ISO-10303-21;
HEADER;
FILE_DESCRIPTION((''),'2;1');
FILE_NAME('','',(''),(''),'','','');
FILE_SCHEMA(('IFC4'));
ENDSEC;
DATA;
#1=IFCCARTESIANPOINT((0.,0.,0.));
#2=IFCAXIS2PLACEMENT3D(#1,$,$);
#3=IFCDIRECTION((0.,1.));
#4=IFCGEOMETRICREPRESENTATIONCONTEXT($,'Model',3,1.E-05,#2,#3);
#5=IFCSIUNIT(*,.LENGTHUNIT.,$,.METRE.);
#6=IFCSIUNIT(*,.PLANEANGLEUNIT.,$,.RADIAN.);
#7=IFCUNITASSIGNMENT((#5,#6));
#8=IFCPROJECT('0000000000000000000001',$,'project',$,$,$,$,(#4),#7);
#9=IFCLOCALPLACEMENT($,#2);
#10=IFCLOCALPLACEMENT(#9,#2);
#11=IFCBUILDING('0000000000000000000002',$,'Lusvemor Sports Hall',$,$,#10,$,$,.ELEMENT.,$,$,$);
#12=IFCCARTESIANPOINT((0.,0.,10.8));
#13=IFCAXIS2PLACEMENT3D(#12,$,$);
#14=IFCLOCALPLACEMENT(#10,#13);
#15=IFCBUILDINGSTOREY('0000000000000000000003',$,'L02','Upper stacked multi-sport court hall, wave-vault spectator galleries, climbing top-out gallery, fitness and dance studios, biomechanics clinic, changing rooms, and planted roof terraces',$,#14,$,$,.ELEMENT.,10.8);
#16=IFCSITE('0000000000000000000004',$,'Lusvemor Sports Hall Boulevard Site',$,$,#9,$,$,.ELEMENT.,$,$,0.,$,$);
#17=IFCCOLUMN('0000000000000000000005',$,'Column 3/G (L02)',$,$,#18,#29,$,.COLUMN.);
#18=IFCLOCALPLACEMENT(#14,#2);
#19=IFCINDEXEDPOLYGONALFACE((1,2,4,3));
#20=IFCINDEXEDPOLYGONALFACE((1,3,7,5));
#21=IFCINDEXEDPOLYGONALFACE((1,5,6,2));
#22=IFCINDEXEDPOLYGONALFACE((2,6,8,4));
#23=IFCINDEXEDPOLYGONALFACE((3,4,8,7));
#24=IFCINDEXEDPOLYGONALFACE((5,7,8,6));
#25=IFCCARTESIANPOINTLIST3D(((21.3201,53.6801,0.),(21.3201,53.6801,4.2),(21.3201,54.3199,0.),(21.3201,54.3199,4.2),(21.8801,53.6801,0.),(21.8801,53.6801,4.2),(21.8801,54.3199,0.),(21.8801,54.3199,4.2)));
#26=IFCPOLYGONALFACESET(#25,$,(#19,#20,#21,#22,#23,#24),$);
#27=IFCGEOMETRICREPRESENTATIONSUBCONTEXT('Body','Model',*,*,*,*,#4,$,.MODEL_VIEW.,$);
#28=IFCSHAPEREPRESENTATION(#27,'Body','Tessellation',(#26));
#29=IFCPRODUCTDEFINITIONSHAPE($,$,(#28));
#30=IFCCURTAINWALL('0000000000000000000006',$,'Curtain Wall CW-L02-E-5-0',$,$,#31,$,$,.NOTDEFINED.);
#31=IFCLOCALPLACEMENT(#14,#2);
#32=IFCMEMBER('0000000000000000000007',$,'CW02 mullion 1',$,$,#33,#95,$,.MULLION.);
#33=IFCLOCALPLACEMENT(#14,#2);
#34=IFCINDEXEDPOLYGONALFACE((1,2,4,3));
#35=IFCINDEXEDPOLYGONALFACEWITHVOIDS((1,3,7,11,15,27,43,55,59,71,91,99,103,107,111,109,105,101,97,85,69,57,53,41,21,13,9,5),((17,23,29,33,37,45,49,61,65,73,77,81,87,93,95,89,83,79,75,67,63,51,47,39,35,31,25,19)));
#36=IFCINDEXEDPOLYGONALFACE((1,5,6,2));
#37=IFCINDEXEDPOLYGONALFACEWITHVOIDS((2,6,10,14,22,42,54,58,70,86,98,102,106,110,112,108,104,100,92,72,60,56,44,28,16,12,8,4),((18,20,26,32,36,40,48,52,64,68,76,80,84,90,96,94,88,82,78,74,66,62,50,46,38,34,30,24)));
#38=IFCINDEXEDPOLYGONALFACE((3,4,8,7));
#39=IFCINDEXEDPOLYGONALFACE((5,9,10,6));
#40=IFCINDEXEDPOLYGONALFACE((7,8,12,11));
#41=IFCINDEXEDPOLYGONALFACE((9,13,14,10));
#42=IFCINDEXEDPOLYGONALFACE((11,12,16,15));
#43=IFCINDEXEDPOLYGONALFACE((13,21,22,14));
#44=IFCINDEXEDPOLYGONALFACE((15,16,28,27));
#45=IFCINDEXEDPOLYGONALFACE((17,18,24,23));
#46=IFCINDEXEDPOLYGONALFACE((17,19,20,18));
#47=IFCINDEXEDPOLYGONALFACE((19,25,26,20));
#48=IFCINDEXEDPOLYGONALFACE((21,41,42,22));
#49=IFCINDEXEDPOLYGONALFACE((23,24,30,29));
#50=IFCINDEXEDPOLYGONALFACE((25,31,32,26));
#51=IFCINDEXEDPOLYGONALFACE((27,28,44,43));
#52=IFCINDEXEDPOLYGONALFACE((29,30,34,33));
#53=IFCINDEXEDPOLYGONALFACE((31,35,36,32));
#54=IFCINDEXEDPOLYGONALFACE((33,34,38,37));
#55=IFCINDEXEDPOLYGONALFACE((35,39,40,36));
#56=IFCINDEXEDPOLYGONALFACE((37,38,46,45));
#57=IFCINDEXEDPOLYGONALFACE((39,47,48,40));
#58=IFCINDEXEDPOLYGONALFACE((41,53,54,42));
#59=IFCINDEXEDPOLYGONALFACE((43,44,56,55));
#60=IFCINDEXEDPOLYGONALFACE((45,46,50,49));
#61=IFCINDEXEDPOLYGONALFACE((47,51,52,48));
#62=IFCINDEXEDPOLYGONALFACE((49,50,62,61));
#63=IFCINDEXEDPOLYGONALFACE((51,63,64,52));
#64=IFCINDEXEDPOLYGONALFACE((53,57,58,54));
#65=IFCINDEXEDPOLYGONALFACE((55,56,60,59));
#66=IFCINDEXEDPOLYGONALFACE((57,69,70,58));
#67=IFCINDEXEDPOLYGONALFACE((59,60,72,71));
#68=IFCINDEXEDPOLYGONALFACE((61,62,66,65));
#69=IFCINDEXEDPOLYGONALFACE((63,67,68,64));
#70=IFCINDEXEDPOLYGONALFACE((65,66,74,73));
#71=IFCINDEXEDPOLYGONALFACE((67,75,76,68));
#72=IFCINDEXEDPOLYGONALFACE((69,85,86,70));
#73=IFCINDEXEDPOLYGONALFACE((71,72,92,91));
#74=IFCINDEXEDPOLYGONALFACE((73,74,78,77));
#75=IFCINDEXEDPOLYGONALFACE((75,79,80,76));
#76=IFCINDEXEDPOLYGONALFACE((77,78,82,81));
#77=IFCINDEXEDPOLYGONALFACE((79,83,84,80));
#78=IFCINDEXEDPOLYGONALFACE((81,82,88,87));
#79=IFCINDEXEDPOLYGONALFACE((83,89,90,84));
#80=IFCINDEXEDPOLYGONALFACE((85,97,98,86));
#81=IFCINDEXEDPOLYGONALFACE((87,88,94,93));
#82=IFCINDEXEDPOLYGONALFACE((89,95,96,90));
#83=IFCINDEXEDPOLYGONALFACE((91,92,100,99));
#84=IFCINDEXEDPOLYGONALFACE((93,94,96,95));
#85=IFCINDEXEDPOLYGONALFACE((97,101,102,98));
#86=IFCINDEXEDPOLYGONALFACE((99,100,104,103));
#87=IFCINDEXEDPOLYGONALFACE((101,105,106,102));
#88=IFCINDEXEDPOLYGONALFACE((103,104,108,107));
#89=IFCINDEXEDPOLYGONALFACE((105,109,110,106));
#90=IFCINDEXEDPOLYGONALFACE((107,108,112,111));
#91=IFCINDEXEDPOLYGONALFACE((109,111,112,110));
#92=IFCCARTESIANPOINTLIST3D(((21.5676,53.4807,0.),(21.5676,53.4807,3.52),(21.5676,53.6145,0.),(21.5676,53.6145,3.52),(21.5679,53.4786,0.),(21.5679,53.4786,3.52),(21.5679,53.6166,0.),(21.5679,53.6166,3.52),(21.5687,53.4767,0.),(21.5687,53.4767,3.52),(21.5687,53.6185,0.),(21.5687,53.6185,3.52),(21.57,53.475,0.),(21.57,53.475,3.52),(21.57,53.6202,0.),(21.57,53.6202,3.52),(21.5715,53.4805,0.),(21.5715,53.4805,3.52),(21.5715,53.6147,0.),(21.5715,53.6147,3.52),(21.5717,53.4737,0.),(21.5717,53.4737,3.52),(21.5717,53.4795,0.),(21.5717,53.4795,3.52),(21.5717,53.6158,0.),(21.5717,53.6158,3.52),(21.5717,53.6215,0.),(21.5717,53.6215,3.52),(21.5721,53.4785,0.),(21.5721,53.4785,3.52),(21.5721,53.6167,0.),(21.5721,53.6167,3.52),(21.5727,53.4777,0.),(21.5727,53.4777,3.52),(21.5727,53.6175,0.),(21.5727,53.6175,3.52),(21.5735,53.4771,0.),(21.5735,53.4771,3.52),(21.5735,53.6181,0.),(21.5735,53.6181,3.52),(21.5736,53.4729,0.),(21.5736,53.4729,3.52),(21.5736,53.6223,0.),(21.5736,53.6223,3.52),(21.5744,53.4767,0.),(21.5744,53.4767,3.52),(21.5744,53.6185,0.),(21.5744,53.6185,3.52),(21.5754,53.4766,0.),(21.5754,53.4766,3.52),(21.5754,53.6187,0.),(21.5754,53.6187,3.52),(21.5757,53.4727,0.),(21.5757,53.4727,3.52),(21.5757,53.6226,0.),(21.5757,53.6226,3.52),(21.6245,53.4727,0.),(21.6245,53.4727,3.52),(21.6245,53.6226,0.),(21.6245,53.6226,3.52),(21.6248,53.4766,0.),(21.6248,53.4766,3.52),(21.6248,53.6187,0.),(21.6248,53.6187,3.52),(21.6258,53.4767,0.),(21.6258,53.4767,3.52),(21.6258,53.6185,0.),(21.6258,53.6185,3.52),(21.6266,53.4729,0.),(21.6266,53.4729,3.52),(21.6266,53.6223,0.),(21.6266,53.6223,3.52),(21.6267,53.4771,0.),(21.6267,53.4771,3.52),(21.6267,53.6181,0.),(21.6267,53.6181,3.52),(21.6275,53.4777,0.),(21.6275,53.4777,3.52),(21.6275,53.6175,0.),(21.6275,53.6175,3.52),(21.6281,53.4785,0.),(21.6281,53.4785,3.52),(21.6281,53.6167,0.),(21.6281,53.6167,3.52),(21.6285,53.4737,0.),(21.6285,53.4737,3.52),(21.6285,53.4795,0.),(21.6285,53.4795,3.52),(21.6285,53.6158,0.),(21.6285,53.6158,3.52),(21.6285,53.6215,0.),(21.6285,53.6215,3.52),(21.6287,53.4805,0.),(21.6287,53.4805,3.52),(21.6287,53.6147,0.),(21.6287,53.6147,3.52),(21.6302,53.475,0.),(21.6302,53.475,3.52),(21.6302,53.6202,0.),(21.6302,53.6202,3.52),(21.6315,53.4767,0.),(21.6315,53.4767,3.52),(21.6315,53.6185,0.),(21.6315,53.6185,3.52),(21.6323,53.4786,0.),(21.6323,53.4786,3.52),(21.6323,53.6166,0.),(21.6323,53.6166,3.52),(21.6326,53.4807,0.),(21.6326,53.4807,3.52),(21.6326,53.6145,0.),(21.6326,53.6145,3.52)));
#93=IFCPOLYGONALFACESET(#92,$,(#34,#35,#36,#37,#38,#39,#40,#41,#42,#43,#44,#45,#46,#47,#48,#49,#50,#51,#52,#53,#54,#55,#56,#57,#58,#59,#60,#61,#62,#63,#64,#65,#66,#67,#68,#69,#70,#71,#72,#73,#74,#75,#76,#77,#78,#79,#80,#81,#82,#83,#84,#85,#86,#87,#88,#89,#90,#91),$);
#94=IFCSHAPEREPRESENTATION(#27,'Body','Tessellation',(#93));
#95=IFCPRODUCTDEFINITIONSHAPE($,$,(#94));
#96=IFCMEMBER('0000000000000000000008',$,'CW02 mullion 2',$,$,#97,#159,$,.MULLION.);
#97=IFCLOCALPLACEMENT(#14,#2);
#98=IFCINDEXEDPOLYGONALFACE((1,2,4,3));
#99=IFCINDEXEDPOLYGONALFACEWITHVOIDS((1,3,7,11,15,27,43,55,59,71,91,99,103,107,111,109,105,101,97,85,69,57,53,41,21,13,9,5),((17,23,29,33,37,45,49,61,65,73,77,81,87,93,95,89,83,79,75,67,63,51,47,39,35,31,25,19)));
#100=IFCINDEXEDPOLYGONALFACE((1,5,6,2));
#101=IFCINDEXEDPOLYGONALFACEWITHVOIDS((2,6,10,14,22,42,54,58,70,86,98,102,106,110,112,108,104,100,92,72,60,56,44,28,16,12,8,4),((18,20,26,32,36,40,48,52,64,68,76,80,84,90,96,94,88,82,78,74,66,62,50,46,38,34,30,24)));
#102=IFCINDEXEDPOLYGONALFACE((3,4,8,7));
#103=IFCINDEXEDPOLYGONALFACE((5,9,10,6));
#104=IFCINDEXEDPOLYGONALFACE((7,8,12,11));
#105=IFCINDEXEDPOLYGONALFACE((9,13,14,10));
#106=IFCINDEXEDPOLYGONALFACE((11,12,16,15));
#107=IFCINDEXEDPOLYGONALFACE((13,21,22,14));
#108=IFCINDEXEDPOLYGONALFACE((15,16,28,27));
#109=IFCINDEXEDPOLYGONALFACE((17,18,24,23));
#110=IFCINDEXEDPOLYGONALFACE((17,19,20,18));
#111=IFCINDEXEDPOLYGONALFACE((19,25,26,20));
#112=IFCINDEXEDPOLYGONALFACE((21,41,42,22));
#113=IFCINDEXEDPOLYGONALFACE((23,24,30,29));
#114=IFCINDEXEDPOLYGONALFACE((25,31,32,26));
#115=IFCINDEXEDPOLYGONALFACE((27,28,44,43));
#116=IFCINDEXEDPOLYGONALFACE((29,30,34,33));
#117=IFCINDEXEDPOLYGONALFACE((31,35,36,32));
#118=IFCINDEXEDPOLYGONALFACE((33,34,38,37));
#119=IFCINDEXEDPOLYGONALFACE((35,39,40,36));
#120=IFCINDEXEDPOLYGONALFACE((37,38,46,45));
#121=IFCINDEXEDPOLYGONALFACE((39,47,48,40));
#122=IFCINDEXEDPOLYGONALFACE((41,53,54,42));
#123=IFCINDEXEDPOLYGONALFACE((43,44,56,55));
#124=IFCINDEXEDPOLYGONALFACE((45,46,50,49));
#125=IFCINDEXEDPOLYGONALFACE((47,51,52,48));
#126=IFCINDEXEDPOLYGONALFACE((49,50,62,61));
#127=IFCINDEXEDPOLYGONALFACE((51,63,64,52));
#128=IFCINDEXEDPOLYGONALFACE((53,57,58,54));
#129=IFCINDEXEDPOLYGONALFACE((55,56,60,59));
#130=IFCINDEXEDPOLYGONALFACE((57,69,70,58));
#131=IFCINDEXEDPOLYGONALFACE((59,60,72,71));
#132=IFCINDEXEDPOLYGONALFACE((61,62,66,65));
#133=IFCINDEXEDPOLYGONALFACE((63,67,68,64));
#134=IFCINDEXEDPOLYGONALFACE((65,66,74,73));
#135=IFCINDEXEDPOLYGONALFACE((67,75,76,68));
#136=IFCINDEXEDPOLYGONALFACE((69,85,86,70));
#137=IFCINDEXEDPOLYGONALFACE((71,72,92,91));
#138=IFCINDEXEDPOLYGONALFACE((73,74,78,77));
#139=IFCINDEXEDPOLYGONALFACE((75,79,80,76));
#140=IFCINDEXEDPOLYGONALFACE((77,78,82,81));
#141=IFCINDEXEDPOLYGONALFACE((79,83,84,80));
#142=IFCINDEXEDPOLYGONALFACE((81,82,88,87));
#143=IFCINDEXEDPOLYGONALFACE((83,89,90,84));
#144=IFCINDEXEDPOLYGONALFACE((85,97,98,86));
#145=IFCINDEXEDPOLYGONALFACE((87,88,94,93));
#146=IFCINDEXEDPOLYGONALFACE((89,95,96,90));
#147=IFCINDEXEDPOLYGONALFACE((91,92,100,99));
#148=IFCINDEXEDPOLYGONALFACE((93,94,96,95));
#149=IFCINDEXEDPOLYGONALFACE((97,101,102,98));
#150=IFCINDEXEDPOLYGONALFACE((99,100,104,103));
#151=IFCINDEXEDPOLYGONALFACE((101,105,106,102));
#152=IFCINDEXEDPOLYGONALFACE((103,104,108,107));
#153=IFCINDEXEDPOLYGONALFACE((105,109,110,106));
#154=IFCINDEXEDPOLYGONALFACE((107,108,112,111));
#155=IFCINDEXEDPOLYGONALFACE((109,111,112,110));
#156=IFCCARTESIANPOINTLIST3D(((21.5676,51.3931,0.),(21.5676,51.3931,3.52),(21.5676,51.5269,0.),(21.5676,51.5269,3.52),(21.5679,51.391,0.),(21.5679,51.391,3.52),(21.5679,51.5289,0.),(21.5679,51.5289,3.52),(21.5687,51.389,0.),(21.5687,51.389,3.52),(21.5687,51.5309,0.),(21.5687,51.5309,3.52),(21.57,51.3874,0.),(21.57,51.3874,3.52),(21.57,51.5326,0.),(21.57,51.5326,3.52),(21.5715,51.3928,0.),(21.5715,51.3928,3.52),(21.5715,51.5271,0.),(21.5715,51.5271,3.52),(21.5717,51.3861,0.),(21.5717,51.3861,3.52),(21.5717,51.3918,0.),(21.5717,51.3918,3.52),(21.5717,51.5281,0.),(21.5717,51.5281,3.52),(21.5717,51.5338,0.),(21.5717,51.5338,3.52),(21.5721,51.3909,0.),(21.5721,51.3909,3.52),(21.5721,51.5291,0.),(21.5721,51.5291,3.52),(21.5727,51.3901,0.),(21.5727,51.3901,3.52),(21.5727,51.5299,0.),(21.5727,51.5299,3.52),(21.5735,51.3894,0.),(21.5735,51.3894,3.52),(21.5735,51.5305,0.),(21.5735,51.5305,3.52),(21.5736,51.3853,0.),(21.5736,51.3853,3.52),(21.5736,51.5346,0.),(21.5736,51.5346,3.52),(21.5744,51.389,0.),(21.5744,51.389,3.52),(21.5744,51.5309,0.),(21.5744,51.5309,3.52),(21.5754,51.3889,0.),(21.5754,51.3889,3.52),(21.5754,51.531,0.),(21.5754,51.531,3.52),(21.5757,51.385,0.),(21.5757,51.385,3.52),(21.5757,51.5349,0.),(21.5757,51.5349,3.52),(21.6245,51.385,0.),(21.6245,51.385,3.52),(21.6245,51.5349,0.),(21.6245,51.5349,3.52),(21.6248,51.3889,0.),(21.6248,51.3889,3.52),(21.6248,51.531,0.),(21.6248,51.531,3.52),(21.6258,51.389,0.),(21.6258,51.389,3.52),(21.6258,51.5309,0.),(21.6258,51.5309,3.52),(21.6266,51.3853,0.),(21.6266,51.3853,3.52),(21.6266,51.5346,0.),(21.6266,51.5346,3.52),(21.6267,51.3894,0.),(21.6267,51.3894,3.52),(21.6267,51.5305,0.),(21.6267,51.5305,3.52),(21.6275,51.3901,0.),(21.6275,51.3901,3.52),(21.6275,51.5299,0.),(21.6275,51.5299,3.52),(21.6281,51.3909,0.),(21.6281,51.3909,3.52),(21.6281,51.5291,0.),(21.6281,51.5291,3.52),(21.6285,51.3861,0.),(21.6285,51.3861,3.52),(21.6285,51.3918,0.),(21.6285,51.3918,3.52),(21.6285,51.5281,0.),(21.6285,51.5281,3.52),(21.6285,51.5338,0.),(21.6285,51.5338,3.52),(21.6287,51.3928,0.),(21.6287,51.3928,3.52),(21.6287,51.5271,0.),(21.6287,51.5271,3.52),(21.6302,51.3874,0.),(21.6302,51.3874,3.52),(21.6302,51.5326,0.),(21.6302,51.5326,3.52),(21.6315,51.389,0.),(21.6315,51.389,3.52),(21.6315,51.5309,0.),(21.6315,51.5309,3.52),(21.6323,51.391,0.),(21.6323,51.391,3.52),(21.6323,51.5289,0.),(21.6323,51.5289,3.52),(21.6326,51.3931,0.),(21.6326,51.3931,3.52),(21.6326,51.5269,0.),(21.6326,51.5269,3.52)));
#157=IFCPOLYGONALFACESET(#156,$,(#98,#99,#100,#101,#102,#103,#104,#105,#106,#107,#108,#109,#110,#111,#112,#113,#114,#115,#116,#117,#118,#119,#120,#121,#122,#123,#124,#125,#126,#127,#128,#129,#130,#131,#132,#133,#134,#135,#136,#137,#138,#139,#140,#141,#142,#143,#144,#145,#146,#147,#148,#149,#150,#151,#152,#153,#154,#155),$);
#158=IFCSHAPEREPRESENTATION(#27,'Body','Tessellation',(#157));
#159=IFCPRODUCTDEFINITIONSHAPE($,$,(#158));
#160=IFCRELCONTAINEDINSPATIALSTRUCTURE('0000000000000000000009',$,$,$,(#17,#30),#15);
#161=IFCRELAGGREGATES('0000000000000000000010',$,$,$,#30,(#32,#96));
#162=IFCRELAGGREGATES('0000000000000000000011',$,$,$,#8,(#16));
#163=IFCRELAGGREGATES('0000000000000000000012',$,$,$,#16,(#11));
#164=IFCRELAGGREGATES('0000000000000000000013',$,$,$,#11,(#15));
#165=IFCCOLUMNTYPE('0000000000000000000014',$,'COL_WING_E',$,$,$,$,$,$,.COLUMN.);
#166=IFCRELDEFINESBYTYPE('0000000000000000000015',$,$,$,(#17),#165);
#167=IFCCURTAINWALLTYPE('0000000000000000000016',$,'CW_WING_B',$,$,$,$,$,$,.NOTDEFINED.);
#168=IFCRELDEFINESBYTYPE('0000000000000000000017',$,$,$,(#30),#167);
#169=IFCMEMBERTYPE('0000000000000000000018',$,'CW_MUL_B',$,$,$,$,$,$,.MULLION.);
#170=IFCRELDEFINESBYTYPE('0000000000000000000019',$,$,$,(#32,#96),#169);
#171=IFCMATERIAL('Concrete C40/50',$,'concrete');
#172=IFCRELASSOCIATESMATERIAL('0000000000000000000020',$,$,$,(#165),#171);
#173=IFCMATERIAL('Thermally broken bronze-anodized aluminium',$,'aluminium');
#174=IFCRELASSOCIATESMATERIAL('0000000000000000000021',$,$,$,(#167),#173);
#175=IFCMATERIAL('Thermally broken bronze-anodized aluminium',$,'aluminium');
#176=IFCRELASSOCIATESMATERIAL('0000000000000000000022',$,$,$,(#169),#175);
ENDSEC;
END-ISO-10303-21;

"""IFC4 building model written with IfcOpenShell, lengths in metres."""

from ifc_helpers import new_model, si_unit, direction, frame, origin, origin_2d, place, context, subcontext, project, spatial, rectangle, hollow_rectangle, extrude, material, material_profile, profile_set, type_object, element, aggregate, save


model = new_model("IFC4")

# Units and contexts
model_context = context("Model", 3, precision=1e-05, world=origin(), true_north=direction((0.0, 1.0)))
body_context = subcontext(model_context, "Body", "Model", "MODEL_VIEW")
ifc_project = project(units=[si_unit("LENGTHUNIT", "METRE"), si_unit("PLANEANGLEUNIT", "RADIAN")], contexts=[model_context])

# Site, building, storey
site_placement = place(None, origin())
site = spatial("IfcSite", under=ifc_project, at=site_placement, Name="Lusvemor Sports Hall Boulevard Site", CompositionType="ELEMENT", RefElevation=0.0)
building_placement = place(site_placement, origin())
building = spatial("IfcBuilding", under=site, at=building_placement, Name="Lusvemor Sports Hall", CompositionType="ELEMENT")
storey_placement = place(building_placement, frame((0.0, 0.0, 10.8)))
storey = spatial("IfcBuildingStorey", under=building, at=storey_placement, Name="L02", Description="Upper stacked multi-sport court hall, wave-vault spectator galleries, climbing top-out gallery, fitness and dance studios, biomechanics clinic, changing rooms, and planted roof terraces", CompositionType="ELEMENT", Elevation=10.8)

# Column
ifc_material_1 = material(Name="Concrete C40/50", Category="concrete")
ifc_material_profile_1 = material_profile(ifc_material_1, rectangle(XDim=0.5601, YDim=0.6399, at=origin_2d()), Name="RC560x640")
ifc_profile_set_1 = profile_set([ifc_material_profile_1], Name="Concrete C40/50")
column_type = type_object("IfcColumnType", Name="COL_WING_E", PredefinedType="COLUMN", material=ifc_profile_set_1)
column_placement = place(storey_placement, frame((21.6001, 54.0, 0.0), z_axis=(0.0, 0.0, 1.0), x_axis=(1.0, 0.0, 0.0)))
element("IfcColumn", 1, at=column_placement, inside=storey, type_object=column_type, Name="Column 3/G (L02)", PredefinedType="COLUMN", context=body_context, shape_type="SweptSolid", body=[
    extrude(rectangle(XDim=0.5601, YDim=0.6399, at=origin_2d()), origin(), (0.0, 0.0, 1.0), 4.2),
])

# Curtain wall, members
ifc_material_2 = material(Name="Thermally broken bronze-anodized aluminium", Category="aluminium")
curtain_wall_type = type_object("IfcCurtainWallType", Name="CW_WING_B", PredefinedType="NOTDEFINED", material=ifc_material_2)
curtain_wall_1_placement = place(storey_placement, origin())
curtain_wall_1 = element("IfcCurtainWall", 2, at=curtain_wall_1_placement, inside=storey, type_object=curtain_wall_type, Name="Curtain Wall CW-L02-E-5-0", PredefinedType="NOTDEFINED")
ifc_material_3 = material(Name="Thermally broken bronze-anodized aluminium", Category="aluminium")
ifc_material_profile_2 = material_profile(ifc_material_3, hollow_rectangle(XDim=0.0649, YDim=0.1499, WallThickness=0.0039, InnerFilletRadius=0.0039, OuterFilletRadius=0.0081, at=origin_2d()), Name="CWMUL150x65x4")
ifc_profile_set_2 = profile_set([ifc_material_profile_2], Name="Thermally broken bronze-anodized aluminium")
member_type_1 = type_object("IfcMemberType", Name="CW_MUL_B", PredefinedType="MULLION", material=ifc_profile_set_2)
member_1_placement = place(storey_placement, frame((21.6001, 53.5476, 0.0), z_axis=(0.0, 0.0, 1.0), x_axis=(1.0, 0.0, 0.0)))
member_1 = element("IfcMember", 3, at=member_1_placement, type_object=member_type_1, Name="CW02 mullion 1", PredefinedType="MULLION", context=body_context, shape_type="SweptSolid", body=[
    extrude(hollow_rectangle(XDim=0.0649, YDim=0.1499, WallThickness=0.0039, InnerFilletRadius=0.0039, OuterFilletRadius=0.0081, at=origin_2d()), origin(), (0.0, 0.0, 1.0), 3.52),
])
member_2_placement = place(storey_placement, frame((21.6001, 51.46, 0.0), z_axis=(0.0, 0.0, 1.0), x_axis=(1.0, 0.0, 0.0)))
member_2 = element("IfcMember", 4, at=member_2_placement, type_object=member_type_1, Name="CW02 mullion 2", PredefinedType="MULLION", context=body_context, shape_type="SweptSolid", body=[
    extrude(hollow_rectangle(XDim=0.0649, YDim=0.1499, WallThickness=0.0039, InnerFilletRadius=0.0039, OuterFilletRadius=0.0081, at=origin_2d()), origin(), (0.0, 0.0, 1.0), 3.52),
])

aggregate(curtain_wall_1, [member_1, member_2])

save(model, "model.ifc")
